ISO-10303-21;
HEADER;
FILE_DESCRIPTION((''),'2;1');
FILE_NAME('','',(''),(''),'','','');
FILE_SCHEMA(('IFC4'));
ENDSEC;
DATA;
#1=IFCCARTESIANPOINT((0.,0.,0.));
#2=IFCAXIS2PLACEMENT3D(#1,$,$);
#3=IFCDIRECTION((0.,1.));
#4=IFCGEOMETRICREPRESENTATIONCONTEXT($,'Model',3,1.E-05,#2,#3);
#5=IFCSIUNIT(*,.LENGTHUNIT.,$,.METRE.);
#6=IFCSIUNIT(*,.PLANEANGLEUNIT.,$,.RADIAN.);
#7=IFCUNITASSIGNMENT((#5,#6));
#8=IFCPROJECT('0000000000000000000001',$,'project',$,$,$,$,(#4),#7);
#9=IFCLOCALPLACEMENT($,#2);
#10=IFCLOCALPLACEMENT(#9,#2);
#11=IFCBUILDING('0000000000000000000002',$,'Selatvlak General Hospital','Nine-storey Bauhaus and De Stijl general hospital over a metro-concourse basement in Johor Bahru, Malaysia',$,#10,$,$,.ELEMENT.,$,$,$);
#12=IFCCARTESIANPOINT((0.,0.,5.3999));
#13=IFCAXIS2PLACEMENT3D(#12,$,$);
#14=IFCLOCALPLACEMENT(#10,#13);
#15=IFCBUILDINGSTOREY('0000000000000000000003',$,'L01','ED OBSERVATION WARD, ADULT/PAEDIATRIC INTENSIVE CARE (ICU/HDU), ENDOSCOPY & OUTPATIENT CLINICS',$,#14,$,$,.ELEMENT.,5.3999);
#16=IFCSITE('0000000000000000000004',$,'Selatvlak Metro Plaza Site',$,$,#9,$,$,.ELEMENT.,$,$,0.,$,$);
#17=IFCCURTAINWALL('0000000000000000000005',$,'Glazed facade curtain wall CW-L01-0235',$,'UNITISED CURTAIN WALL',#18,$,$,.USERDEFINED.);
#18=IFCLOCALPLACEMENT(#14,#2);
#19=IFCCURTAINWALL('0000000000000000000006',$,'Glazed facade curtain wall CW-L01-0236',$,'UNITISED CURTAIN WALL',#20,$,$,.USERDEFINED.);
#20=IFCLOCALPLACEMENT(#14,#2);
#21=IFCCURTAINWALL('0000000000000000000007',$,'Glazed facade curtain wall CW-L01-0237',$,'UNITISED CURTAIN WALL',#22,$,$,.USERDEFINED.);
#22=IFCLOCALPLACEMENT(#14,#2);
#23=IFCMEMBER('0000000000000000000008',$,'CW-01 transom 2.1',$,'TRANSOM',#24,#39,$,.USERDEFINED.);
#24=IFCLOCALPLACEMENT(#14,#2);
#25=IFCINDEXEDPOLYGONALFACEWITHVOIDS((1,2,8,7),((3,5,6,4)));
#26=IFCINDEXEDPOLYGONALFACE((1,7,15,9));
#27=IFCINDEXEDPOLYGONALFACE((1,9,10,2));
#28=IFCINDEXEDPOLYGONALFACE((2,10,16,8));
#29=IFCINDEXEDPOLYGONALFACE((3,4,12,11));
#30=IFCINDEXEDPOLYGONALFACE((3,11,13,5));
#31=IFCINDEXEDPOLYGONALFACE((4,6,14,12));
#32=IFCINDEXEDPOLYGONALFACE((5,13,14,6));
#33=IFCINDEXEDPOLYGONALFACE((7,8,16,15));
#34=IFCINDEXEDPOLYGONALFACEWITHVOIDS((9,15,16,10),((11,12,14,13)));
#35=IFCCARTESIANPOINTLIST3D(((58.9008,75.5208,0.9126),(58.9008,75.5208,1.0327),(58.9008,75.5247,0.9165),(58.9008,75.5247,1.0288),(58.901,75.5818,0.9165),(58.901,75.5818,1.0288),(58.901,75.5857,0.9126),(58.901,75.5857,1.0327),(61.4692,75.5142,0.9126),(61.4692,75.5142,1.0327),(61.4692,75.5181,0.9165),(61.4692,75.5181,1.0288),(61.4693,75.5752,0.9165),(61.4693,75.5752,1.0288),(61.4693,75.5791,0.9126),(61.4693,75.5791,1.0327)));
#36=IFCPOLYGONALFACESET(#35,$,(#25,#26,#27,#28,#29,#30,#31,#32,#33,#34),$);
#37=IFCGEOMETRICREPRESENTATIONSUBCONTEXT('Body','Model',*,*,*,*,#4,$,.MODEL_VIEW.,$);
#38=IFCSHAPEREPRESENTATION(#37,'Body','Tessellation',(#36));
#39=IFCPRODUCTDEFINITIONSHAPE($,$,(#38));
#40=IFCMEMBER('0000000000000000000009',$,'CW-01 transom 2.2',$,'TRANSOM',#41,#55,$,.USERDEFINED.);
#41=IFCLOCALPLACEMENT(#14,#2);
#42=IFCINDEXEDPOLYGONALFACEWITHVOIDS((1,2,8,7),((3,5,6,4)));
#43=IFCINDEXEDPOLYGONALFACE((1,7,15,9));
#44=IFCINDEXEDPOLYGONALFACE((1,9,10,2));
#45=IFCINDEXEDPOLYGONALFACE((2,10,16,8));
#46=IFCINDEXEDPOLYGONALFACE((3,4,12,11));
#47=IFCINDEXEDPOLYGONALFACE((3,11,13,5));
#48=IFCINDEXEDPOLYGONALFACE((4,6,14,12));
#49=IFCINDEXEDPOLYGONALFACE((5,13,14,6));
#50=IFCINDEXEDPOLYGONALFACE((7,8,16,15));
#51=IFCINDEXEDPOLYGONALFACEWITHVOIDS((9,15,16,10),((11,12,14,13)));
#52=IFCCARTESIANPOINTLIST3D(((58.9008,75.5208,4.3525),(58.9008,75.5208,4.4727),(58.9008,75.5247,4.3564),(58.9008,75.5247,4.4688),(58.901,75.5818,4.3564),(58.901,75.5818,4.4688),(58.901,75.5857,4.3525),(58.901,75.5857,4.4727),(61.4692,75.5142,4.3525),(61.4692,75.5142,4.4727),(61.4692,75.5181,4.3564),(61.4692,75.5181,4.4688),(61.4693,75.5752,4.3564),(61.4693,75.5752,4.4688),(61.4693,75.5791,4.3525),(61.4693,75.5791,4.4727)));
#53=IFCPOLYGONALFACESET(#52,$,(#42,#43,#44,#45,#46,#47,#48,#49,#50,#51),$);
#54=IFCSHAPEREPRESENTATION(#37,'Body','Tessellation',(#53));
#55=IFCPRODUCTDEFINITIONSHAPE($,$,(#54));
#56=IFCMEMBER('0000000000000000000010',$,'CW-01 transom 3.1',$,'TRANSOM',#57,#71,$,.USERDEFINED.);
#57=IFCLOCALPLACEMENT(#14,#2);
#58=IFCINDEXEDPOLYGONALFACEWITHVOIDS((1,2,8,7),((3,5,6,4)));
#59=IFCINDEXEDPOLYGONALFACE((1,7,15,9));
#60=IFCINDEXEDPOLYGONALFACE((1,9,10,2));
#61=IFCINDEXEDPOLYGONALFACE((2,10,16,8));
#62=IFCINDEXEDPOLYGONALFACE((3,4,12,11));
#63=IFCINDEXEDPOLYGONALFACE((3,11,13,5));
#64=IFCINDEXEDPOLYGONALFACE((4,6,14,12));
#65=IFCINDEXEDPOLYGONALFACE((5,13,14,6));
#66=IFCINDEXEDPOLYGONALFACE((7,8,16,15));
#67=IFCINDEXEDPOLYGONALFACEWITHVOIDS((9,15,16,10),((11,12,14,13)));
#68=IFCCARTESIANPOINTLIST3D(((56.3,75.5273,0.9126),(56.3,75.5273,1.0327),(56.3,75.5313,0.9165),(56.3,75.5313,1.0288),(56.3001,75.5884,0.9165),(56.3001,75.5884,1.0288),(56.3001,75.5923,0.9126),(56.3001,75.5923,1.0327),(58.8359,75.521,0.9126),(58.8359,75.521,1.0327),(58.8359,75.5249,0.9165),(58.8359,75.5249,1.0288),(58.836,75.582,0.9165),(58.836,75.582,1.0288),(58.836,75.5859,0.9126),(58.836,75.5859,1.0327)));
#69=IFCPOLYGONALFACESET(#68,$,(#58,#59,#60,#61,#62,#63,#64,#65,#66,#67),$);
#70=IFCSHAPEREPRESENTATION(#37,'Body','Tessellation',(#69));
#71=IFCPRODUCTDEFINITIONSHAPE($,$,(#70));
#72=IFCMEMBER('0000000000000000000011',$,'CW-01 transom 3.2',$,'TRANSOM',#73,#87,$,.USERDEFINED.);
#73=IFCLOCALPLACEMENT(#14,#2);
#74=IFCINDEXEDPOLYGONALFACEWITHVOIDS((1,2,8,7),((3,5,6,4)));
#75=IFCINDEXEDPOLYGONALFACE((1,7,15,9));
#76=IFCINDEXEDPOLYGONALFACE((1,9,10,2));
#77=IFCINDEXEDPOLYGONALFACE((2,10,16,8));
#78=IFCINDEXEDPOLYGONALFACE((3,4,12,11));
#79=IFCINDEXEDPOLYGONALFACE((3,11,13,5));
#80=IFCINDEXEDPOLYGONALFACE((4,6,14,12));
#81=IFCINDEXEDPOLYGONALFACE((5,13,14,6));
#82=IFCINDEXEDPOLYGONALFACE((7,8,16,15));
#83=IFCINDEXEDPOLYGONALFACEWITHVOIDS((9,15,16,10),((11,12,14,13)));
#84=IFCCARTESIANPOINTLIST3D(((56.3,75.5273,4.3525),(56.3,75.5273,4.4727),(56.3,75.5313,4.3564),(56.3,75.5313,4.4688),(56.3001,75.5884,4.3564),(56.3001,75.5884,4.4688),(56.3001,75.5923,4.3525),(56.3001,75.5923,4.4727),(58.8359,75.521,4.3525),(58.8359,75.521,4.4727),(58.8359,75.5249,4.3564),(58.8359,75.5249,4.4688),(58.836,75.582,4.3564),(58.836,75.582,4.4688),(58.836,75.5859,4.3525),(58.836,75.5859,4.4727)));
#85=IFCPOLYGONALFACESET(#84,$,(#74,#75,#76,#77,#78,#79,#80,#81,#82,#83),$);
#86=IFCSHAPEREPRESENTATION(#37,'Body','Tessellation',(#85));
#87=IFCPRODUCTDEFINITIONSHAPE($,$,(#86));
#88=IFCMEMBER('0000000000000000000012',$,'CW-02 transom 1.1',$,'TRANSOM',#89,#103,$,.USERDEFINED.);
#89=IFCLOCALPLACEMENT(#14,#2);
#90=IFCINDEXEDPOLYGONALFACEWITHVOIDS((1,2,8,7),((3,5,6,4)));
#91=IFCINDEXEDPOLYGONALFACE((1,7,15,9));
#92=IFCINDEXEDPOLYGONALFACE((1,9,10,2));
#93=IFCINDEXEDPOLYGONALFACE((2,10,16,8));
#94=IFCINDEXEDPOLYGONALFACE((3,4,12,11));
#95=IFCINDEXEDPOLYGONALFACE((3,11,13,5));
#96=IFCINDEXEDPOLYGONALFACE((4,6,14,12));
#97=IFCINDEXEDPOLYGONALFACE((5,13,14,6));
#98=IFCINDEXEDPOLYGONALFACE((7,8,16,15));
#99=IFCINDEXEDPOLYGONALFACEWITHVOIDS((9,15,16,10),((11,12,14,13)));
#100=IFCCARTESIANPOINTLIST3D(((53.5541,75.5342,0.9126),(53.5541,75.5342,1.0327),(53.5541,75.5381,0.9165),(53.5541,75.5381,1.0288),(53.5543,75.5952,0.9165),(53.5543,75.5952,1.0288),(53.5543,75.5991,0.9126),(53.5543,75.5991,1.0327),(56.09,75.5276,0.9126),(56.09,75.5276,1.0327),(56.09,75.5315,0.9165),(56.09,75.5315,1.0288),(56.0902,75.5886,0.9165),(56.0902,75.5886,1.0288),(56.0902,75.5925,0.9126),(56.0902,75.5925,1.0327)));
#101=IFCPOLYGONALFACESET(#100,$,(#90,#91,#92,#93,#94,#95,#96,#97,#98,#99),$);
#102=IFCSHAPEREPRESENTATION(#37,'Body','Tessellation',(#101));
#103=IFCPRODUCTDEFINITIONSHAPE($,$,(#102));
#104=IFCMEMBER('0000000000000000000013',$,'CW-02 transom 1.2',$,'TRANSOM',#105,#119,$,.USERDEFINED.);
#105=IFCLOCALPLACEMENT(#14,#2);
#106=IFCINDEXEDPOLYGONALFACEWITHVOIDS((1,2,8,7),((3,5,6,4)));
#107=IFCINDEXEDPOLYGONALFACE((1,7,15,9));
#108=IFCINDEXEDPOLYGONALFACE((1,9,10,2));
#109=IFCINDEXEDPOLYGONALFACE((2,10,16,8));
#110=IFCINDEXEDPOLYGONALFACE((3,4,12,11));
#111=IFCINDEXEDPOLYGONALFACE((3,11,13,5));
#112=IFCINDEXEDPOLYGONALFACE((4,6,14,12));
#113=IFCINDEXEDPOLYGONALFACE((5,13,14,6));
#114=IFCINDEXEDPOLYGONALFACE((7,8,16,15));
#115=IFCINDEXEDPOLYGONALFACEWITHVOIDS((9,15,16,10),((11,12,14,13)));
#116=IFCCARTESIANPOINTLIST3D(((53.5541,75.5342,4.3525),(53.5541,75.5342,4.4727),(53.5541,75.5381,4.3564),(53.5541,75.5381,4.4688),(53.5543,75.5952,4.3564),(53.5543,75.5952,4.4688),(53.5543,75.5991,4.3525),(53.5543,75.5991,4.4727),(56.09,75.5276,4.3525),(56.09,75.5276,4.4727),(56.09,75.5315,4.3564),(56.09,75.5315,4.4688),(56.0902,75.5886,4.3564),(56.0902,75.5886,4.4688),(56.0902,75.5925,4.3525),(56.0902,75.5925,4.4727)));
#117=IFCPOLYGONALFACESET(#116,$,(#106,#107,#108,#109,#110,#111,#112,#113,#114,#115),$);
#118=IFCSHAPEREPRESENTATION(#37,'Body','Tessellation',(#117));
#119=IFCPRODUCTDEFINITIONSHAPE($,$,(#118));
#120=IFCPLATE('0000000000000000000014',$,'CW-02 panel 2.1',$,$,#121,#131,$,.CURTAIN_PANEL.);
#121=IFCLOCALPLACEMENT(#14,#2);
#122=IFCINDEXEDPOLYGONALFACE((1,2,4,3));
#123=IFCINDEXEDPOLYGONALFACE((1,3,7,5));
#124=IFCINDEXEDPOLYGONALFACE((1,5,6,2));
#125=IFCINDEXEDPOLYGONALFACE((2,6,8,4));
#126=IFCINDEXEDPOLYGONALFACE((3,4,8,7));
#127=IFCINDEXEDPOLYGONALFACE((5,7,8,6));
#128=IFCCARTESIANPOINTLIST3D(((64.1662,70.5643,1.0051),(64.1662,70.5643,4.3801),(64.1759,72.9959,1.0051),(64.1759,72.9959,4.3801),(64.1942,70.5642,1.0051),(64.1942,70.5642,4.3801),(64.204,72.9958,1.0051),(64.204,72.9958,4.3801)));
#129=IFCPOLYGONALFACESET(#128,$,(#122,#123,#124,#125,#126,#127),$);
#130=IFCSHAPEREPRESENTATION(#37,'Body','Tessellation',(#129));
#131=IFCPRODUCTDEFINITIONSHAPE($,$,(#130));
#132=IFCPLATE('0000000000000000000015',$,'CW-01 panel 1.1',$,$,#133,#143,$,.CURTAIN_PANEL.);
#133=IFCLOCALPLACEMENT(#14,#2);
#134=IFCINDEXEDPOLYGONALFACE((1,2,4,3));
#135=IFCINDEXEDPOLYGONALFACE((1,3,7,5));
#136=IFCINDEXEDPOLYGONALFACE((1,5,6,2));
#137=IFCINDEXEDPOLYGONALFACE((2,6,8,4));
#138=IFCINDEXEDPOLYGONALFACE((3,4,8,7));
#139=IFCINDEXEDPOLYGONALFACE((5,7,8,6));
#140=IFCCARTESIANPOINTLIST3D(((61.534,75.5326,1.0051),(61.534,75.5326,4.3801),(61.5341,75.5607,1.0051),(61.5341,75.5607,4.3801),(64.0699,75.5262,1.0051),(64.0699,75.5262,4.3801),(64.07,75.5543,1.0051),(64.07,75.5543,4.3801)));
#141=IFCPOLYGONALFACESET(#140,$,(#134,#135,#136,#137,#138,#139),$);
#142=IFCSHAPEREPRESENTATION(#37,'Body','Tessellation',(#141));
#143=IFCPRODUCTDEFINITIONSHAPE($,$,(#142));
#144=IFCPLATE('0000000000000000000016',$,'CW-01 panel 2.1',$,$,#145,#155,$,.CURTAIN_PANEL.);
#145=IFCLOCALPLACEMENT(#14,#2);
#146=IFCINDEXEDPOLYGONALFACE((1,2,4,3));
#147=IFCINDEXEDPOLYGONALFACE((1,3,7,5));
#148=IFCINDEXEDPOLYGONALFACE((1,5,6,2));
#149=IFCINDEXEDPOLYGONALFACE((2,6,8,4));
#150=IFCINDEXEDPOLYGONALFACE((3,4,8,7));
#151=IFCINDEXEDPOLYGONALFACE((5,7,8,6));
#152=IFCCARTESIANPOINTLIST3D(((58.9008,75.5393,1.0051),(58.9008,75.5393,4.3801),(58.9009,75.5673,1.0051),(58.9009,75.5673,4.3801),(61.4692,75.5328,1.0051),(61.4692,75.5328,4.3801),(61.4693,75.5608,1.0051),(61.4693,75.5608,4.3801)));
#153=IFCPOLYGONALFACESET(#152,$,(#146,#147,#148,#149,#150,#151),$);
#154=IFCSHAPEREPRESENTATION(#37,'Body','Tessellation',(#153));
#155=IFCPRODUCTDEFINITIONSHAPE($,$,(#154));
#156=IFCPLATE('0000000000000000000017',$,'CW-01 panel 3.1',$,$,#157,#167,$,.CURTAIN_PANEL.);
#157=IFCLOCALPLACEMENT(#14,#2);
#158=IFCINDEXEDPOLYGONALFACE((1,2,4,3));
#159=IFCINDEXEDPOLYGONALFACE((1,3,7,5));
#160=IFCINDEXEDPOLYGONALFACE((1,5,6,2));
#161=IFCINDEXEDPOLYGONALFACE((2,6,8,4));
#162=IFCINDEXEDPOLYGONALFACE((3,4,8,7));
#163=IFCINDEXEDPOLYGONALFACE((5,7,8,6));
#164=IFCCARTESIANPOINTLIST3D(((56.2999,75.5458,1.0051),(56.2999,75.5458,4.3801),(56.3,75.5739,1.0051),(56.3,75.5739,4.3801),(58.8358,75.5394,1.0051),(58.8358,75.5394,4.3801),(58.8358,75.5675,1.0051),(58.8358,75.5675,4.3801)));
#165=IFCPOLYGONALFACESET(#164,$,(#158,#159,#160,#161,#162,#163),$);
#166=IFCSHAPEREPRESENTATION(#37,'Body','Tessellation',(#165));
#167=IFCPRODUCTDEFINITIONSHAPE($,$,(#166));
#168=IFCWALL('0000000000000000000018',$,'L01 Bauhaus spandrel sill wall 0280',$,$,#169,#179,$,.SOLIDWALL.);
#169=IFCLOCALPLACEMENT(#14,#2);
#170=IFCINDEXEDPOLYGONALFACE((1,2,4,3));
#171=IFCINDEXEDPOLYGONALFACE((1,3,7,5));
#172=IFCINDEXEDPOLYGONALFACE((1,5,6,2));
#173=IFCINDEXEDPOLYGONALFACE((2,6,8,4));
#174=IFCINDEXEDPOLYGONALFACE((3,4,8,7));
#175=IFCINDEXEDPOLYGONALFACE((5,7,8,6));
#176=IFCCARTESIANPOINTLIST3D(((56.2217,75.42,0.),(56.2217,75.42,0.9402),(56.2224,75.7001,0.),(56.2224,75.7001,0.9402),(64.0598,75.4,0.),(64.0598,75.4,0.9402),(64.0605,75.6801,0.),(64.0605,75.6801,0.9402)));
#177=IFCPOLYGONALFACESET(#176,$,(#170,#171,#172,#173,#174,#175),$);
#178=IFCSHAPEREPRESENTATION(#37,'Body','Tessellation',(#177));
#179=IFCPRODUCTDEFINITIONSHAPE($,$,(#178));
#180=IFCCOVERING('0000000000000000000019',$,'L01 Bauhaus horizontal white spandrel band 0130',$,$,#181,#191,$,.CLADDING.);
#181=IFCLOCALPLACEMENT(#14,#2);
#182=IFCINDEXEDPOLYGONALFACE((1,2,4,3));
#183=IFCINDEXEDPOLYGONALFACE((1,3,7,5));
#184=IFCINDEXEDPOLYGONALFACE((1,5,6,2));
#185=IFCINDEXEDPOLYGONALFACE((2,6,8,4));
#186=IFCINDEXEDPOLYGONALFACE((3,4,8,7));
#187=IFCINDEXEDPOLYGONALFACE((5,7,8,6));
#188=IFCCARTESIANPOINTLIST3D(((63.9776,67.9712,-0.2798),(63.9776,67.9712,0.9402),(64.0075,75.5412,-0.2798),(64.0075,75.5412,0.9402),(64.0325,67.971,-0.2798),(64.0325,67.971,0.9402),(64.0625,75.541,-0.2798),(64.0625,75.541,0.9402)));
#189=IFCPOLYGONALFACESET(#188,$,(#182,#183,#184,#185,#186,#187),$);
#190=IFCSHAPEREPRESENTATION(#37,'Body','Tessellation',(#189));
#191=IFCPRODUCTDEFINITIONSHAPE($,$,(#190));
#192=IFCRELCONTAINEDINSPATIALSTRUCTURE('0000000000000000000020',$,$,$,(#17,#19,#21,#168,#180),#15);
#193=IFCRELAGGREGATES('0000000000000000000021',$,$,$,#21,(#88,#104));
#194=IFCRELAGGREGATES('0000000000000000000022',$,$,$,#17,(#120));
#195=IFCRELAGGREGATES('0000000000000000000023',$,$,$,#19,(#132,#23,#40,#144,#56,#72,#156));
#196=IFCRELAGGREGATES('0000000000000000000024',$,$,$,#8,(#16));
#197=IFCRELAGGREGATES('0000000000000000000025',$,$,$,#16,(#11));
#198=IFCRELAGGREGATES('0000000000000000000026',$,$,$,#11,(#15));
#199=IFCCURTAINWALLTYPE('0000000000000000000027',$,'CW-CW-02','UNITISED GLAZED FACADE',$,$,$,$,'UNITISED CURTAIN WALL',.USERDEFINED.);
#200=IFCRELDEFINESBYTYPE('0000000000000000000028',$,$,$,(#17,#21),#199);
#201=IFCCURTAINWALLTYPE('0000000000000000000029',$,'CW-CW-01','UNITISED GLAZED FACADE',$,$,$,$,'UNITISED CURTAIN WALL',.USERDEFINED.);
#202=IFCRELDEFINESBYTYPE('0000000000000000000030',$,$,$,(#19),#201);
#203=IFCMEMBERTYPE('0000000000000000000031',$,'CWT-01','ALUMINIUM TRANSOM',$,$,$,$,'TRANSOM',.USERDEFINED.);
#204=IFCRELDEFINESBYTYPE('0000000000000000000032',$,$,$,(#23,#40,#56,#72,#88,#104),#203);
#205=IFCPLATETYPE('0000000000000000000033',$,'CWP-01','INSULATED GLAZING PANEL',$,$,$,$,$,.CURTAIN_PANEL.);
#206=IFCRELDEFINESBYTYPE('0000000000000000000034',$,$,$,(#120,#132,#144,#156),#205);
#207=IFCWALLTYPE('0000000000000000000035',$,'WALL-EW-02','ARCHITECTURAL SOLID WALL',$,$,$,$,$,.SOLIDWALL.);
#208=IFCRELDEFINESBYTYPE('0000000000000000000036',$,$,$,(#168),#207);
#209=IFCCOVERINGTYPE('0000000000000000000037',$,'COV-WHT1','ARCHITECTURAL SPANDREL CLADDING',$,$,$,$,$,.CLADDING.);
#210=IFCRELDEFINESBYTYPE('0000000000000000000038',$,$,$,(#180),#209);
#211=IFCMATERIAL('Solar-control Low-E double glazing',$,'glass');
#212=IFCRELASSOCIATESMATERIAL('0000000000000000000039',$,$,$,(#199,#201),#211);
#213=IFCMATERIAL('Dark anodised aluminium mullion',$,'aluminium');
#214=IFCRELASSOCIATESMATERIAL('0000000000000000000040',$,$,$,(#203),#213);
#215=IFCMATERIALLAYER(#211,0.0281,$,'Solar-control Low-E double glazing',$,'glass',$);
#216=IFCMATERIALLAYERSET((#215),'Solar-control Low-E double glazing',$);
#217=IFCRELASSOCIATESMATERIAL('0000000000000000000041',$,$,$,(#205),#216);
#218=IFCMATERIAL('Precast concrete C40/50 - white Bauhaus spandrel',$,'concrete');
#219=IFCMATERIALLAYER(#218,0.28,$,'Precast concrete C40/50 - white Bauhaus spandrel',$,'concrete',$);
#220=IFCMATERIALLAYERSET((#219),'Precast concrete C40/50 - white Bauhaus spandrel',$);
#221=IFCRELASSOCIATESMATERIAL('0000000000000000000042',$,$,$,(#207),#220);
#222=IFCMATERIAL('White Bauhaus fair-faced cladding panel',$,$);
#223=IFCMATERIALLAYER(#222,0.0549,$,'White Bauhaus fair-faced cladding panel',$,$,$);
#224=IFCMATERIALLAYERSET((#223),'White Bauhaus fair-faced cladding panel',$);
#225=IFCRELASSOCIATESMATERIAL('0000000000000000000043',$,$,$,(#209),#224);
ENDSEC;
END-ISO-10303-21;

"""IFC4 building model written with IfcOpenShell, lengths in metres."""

from ifc_helpers import new_model, si_unit, direction, frame, frame_2d, origin, origin_2d, place, context, subcontext, project, spatial, rectangle, hollow_rectangle, extrude, material, layer, layer_set, material_profile, profile_set, type_object, element, aggregate, save


model = new_model("IFC4")

# Units and contexts
model_context = context("Model", 3, precision=1e-05, world=origin(), true_north=direction((0.0, 1.0)))
body_context = subcontext(model_context, "Body", "Model", "MODEL_VIEW")
ifc_project = project(units=[si_unit("LENGTHUNIT", "METRE"), si_unit("PLANEANGLEUNIT", "RADIAN")], contexts=[model_context])

# Site, building, storey
site_placement = place(None, origin())
site = spatial("IfcSite", under=ifc_project, at=site_placement, Name="Selatvlak Metro Plaza Site", CompositionType="ELEMENT", RefElevation=0.0)
building_placement = place(site_placement, origin())
building = spatial("IfcBuilding", under=site, at=building_placement, Name="Selatvlak General Hospital", Description="Nine-storey Bauhaus and De Stijl general hospital over a metro-concourse basement in Johor Bahru, Malaysia", CompositionType="ELEMENT")
storey_placement = place(building_placement, frame((0.0, 0.0, 5.3999)))
storey = spatial("IfcBuildingStorey", under=building, at=storey_placement, Name="L01", Description="ED OBSERVATION WARD, ADULT/PAEDIATRIC INTENSIVE CARE (ICU/HDU), ENDOSCOPY & OUTPATIENT CLINICS", CompositionType="ELEMENT", Elevation=5.3999)

# Curtain wall
ifc_material_1 = material(Name="Solar-control Low-E double glazing", Category="glass")
curtain_wall_type_1 = type_object("IfcCurtainWallType", Name="CW-CW-02", Description="UNITISED GLAZED FACADE", ElementType="UNITISED CURTAIN WALL", PredefinedType="USERDEFINED", material=ifc_material_1)
curtain_wall_1_placement = place(storey_placement, origin())
curtain_wall_1 = element("IfcCurtainWall", 1, at=curtain_wall_1_placement, inside=storey, type_object=curtain_wall_type_1, Name="Glazed facade curtain wall CW-L01-0235", ObjectType="UNITISED CURTAIN WALL", PredefinedType="USERDEFINED")
ifc_material_2 = material(Name="Dark anodised aluminium mullion", Category="aluminium")

# Curtain wall
curtain_wall_type_2 = type_object("IfcCurtainWallType", Name="CW-CW-01", Description="UNITISED GLAZED FACADE", ElementType="UNITISED CURTAIN WALL", PredefinedType="USERDEFINED", material=ifc_material_1)
curtain_wall_2_placement = place(storey_placement, origin())
curtain_wall_2 = element("IfcCurtainWall", 2, at=curtain_wall_2_placement, inside=storey, type_object=curtain_wall_type_2, Name="Glazed facade curtain wall CW-L01-0236", ObjectType="UNITISED CURTAIN WALL", PredefinedType="USERDEFINED")

# Curtain wall
curtain_wall_3_placement = place(storey_placement, origin())
curtain_wall_3 = element("IfcCurtainWall", 3, at=curtain_wall_3_placement, inside=storey, type_object=curtain_wall_type_1, Name="Glazed facade curtain wall CW-L01-0237", ObjectType="UNITISED CURTAIN WALL", PredefinedType="USERDEFINED")

# Members
ifc_material_profile_1 = material_profile(ifc_material_2, hollow_rectangle(XDim=0.0649, YDim=0.1201, WallThickness=0.0039, at=origin_2d()), Name="AL-TRN 65x120x4")
ifc_profile_set_1 = profile_set([ifc_material_profile_1], Name="Dark anodised aluminium mullion")
member_type_1 = type_object("IfcMemberType", Name="CWT-01", Description="ALUMINIUM TRANSOM", ElementType="TRANSOM", PredefinedType="USERDEFINED", material=ifc_profile_set_1)
member_1_placement = place(storey_placement, frame((61.4692, 75.5466, 0.9727), z_axis=(-0.999997, 0.002567, 0.0), x_axis=(-0.002567, -0.999997, 0.0)))
member_1 = element("IfcMember", 4, at=member_1_placement, type_object=member_type_1, Name="CW-01 transom 2.1", ObjectType="TRANSOM", PredefinedType="USERDEFINED", context=body_context, shape_type="SweptSolid", body=[
    extrude(hollow_rectangle(XDim=0.0649, YDim=0.1201, WallThickness=0.0039, at=origin_2d()), origin(), (0.0, 0.0, 1.0), 2.5684),
])
member_2_placement = place(storey_placement, frame((61.4692, 75.5466, 4.4126), z_axis=(-0.999997, 0.002567, 0.0), x_axis=(-0.002567, -0.999997, 0.0)))
member_2 = element("IfcMember", 5, at=member_2_placement, type_object=member_type_1, Name="CW-01 transom 2.2", ObjectType="TRANSOM", PredefinedType="USERDEFINED", context=body_context, shape_type="SweptSolid", body=[
    extrude(hollow_rectangle(XDim=0.0649, YDim=0.1201, WallThickness=0.0039, at=origin_2d()), origin(), (0.0, 0.0, 1.0), 2.5684),
])
member_3_placement = place(storey_placement, frame((58.8359, 75.5535, 0.9727), z_axis=(-0.999997, 0.002503, 0.0), x_axis=(-0.002503, -0.999997, 0.0)))
member_3 = element("IfcMember", 6, at=member_3_placement, type_object=member_type_1, Name="CW-01 transom 3.1", ObjectType="TRANSOM", PredefinedType="USERDEFINED", context=body_context, shape_type="SweptSolid", body=[
    extrude(hollow_rectangle(XDim=0.0649, YDim=0.1201, WallThickness=0.0039, at=origin_2d()), origin(), (0.0, 0.0, 1.0), 2.5359),
])
member_4_placement = place(storey_placement, frame((58.8359, 75.5535, 4.4126), z_axis=(-0.999997, 0.002503, 0.0), x_axis=(-0.002503, -0.999997, 0.0)))
member_4 = element("IfcMember", 7, at=member_4_placement, type_object=member_type_1, Name="CW-01 transom 3.2", ObjectType="TRANSOM", PredefinedType="USERDEFINED", context=body_context, shape_type="SweptSolid", body=[
    extrude(hollow_rectangle(XDim=0.0649, YDim=0.1201, WallThickness=0.0039, at=origin_2d()), origin(), (0.0, 0.0, 1.0), 2.5359),
])
member_5_placement = place(storey_placement, frame((56.0901, 75.5601, 0.9727), z_axis=(-0.999997, 0.002599, 0.0), x_axis=(-0.002599, -0.999997, 0.0)))
member_5 = element("IfcMember", 8, at=member_5_placement, type_object=member_type_1, Name="CW-02 transom 1.1", ObjectType="TRANSOM", PredefinedType="USERDEFINED", context=body_context, shape_type="SweptSolid", body=[
    extrude(hollow_rectangle(XDim=0.0649, YDim=0.1201, WallThickness=0.0039, at=origin_2d()), origin(), (0.0, 0.0, 1.0), 2.5359),
])
member_6_placement = place(storey_placement, frame((56.0901, 75.5601, 4.4126), z_axis=(-0.999997, 0.002599, 0.0), x_axis=(-0.002599, -0.999997, 0.0)))
member_6 = element("IfcMember", 9, at=member_6_placement, type_object=member_type_1, Name="CW-02 transom 1.2", ObjectType="TRANSOM", PredefinedType="USERDEFINED", context=body_context, shape_type="SweptSolid", body=[
    extrude(hollow_rectangle(XDim=0.0649, YDim=0.1201, WallThickness=0.0039, at=origin_2d()), origin(), (0.0, 0.0, 1.0), 2.5359),
])
aggregate(curtain_wall_3, [member_5, member_6])

# Plates
ifc_layer_1 = layer(ifc_material_1, 0.0281, Name="Solar-control Low-E double glazing", Category="glass")
ifc_layer_set_1 = layer_set([ifc_layer_1], Name="Solar-control Low-E double glazing")
plate_type = type_object("IfcPlateType", Name="CWP-01", Description="INSULATED GLAZING PANEL", PredefinedType="CURTAIN_PANEL", material=ifc_layer_set_1)
plate_1_placement = place(storey_placement, frame((64.1851, 71.78, 1.0051), z_axis=(0.0, 0.0, 1.0), x_axis=(0.004005, 0.999992, 0.0)))
plate_1 = element("IfcPlate", 10, at=plate_1_placement, type_object=plate_type, Name="CW-02 panel 2.1", PredefinedType="CURTAIN_PANEL", context=body_context, shape_type="SweptSolid", body=[
    extrude(rectangle(XDim=2.4316, YDim=0.0281, at=origin_2d()), origin(), (0.0, 0.0, 1.0), 3.375),
])
aggregate(curtain_wall_1, [plate_1])
plate_2_placement = place(storey_placement, frame((62.802, 75.5435, 1.0051), z_axis=(0.0, 0.0, 1.0), x_axis=(-0.999997, 0.002532, 0.0)))
plate_2 = element("IfcPlate", 11, at=plate_2_placement, type_object=plate_type, Name="CW-01 panel 1.1", PredefinedType="CURTAIN_PANEL", context=body_context, shape_type="SweptSolid", body=[
    extrude(rectangle(XDim=2.5359, YDim=0.0281, at=origin_2d()), origin(), (0.0, 0.0, 1.0), 3.375),
])
plate_3_placement = place(storey_placement, frame((60.1851, 75.55, 1.0051), z_axis=(0.0, 0.0, 1.0), x_axis=(-0.999997, 0.002532, 0.0)))
plate_3 = element("IfcPlate", 12, at=plate_3_placement, type_object=plate_type, Name="CW-01 panel 2.1", PredefinedType="CURTAIN_PANEL", context=body_context, shape_type="SweptSolid", body=[
    extrude(rectangle(XDim=2.5684, YDim=0.0281, at=origin_2d()), origin(), (0.0, 0.0, 1.0), 3.375),
])
plate_4_placement = place(storey_placement, frame((57.5679, 75.5566, 1.0051), z_axis=(0.0, 0.0, 1.0), x_axis=(-0.999997, 0.002532, 0.0)))
plate_4 = element("IfcPlate", 13, at=plate_4_placement, type_object=plate_type, Name="CW-01 panel 3.1", PredefinedType="CURTAIN_PANEL", context=body_context, shape_type="SweptSolid", body=[
    extrude(rectangle(XDim=2.5359, YDim=0.0281, at=origin_2d()), origin(), (0.0, 0.0, 1.0), 3.375),
])
aggregate(curtain_wall_2, [plate_2, member_1, member_2, plate_3, member_3, member_4, plate_4])

# Wall
ifc_material_3 = material(Name="Precast concrete C40/50 - white Bauhaus spandrel", Category="concrete")
ifc_layer_2 = layer(ifc_material_3, 0.28, Name="Precast concrete C40/50 - white Bauhaus spandrel", Category="concrete")
ifc_layer_set_2 = layer_set([ifc_layer_2], Name="Precast concrete C40/50 - white Bauhaus spandrel")
wall_type = type_object("IfcWallType", Name="WALL-EW-02", Description="ARCHITECTURAL SOLID WALL", PredefinedType="SOLIDWALL", material=ifc_layer_set_2)
wall_placement = place(storey_placement, frame((64.0601, 75.54, 0.0), z_axis=(0.0, 0.0, 1.0), x_axis=(-0.999997, 0.002554, 0.0)))
element("IfcWall", 14, at=wall_placement, inside=storey, type_object=wall_type, Name="L01 Bauhaus spandrel sill wall 0280", PredefinedType="SOLIDWALL", context=body_context, shape_type="SweptSolid", body=[
    extrude(rectangle(XDim=7.8381, YDim=0.28, at=frame_2d((3.9189, 0.0))), origin(), (0.0, 0.0, 1.0), 0.9402),
])

# Covering
ifc_material_4 = material(Name="White Bauhaus fair-faced cladding panel")
ifc_layer_3 = layer(ifc_material_4, 0.0549, Name="White Bauhaus fair-faced cladding panel")
ifc_layer_set_3 = layer_set([ifc_layer_3], Name="White Bauhaus fair-faced cladding panel")
covering_type = type_object("IfcCoveringType", Name="COV-WHT1", Description="ARCHITECTURAL SPANDREL CLADDING", PredefinedType="CLADDING", material=ifc_layer_set_3)
covering_placement = place(storey_placement, frame((64.02, 71.7561, -0.2798), z_axis=(0.0, 0.0, 1.0), x_axis=(0.003962, 0.999992, 0.0)))
element("IfcCovering", 15, at=covering_placement, inside=storey, type_object=covering_type, Name="L01 Bauhaus horizontal white spandrel band 0130", PredefinedType="CLADDING", context=body_context, shape_type="SweptSolid", body=[
    extrude(rectangle(XDim=7.5701, YDim=0.0549, at=origin_2d()), origin(), (0.0, 0.0, 1.0), 1.22),
])

save(model, "model.ifc")
